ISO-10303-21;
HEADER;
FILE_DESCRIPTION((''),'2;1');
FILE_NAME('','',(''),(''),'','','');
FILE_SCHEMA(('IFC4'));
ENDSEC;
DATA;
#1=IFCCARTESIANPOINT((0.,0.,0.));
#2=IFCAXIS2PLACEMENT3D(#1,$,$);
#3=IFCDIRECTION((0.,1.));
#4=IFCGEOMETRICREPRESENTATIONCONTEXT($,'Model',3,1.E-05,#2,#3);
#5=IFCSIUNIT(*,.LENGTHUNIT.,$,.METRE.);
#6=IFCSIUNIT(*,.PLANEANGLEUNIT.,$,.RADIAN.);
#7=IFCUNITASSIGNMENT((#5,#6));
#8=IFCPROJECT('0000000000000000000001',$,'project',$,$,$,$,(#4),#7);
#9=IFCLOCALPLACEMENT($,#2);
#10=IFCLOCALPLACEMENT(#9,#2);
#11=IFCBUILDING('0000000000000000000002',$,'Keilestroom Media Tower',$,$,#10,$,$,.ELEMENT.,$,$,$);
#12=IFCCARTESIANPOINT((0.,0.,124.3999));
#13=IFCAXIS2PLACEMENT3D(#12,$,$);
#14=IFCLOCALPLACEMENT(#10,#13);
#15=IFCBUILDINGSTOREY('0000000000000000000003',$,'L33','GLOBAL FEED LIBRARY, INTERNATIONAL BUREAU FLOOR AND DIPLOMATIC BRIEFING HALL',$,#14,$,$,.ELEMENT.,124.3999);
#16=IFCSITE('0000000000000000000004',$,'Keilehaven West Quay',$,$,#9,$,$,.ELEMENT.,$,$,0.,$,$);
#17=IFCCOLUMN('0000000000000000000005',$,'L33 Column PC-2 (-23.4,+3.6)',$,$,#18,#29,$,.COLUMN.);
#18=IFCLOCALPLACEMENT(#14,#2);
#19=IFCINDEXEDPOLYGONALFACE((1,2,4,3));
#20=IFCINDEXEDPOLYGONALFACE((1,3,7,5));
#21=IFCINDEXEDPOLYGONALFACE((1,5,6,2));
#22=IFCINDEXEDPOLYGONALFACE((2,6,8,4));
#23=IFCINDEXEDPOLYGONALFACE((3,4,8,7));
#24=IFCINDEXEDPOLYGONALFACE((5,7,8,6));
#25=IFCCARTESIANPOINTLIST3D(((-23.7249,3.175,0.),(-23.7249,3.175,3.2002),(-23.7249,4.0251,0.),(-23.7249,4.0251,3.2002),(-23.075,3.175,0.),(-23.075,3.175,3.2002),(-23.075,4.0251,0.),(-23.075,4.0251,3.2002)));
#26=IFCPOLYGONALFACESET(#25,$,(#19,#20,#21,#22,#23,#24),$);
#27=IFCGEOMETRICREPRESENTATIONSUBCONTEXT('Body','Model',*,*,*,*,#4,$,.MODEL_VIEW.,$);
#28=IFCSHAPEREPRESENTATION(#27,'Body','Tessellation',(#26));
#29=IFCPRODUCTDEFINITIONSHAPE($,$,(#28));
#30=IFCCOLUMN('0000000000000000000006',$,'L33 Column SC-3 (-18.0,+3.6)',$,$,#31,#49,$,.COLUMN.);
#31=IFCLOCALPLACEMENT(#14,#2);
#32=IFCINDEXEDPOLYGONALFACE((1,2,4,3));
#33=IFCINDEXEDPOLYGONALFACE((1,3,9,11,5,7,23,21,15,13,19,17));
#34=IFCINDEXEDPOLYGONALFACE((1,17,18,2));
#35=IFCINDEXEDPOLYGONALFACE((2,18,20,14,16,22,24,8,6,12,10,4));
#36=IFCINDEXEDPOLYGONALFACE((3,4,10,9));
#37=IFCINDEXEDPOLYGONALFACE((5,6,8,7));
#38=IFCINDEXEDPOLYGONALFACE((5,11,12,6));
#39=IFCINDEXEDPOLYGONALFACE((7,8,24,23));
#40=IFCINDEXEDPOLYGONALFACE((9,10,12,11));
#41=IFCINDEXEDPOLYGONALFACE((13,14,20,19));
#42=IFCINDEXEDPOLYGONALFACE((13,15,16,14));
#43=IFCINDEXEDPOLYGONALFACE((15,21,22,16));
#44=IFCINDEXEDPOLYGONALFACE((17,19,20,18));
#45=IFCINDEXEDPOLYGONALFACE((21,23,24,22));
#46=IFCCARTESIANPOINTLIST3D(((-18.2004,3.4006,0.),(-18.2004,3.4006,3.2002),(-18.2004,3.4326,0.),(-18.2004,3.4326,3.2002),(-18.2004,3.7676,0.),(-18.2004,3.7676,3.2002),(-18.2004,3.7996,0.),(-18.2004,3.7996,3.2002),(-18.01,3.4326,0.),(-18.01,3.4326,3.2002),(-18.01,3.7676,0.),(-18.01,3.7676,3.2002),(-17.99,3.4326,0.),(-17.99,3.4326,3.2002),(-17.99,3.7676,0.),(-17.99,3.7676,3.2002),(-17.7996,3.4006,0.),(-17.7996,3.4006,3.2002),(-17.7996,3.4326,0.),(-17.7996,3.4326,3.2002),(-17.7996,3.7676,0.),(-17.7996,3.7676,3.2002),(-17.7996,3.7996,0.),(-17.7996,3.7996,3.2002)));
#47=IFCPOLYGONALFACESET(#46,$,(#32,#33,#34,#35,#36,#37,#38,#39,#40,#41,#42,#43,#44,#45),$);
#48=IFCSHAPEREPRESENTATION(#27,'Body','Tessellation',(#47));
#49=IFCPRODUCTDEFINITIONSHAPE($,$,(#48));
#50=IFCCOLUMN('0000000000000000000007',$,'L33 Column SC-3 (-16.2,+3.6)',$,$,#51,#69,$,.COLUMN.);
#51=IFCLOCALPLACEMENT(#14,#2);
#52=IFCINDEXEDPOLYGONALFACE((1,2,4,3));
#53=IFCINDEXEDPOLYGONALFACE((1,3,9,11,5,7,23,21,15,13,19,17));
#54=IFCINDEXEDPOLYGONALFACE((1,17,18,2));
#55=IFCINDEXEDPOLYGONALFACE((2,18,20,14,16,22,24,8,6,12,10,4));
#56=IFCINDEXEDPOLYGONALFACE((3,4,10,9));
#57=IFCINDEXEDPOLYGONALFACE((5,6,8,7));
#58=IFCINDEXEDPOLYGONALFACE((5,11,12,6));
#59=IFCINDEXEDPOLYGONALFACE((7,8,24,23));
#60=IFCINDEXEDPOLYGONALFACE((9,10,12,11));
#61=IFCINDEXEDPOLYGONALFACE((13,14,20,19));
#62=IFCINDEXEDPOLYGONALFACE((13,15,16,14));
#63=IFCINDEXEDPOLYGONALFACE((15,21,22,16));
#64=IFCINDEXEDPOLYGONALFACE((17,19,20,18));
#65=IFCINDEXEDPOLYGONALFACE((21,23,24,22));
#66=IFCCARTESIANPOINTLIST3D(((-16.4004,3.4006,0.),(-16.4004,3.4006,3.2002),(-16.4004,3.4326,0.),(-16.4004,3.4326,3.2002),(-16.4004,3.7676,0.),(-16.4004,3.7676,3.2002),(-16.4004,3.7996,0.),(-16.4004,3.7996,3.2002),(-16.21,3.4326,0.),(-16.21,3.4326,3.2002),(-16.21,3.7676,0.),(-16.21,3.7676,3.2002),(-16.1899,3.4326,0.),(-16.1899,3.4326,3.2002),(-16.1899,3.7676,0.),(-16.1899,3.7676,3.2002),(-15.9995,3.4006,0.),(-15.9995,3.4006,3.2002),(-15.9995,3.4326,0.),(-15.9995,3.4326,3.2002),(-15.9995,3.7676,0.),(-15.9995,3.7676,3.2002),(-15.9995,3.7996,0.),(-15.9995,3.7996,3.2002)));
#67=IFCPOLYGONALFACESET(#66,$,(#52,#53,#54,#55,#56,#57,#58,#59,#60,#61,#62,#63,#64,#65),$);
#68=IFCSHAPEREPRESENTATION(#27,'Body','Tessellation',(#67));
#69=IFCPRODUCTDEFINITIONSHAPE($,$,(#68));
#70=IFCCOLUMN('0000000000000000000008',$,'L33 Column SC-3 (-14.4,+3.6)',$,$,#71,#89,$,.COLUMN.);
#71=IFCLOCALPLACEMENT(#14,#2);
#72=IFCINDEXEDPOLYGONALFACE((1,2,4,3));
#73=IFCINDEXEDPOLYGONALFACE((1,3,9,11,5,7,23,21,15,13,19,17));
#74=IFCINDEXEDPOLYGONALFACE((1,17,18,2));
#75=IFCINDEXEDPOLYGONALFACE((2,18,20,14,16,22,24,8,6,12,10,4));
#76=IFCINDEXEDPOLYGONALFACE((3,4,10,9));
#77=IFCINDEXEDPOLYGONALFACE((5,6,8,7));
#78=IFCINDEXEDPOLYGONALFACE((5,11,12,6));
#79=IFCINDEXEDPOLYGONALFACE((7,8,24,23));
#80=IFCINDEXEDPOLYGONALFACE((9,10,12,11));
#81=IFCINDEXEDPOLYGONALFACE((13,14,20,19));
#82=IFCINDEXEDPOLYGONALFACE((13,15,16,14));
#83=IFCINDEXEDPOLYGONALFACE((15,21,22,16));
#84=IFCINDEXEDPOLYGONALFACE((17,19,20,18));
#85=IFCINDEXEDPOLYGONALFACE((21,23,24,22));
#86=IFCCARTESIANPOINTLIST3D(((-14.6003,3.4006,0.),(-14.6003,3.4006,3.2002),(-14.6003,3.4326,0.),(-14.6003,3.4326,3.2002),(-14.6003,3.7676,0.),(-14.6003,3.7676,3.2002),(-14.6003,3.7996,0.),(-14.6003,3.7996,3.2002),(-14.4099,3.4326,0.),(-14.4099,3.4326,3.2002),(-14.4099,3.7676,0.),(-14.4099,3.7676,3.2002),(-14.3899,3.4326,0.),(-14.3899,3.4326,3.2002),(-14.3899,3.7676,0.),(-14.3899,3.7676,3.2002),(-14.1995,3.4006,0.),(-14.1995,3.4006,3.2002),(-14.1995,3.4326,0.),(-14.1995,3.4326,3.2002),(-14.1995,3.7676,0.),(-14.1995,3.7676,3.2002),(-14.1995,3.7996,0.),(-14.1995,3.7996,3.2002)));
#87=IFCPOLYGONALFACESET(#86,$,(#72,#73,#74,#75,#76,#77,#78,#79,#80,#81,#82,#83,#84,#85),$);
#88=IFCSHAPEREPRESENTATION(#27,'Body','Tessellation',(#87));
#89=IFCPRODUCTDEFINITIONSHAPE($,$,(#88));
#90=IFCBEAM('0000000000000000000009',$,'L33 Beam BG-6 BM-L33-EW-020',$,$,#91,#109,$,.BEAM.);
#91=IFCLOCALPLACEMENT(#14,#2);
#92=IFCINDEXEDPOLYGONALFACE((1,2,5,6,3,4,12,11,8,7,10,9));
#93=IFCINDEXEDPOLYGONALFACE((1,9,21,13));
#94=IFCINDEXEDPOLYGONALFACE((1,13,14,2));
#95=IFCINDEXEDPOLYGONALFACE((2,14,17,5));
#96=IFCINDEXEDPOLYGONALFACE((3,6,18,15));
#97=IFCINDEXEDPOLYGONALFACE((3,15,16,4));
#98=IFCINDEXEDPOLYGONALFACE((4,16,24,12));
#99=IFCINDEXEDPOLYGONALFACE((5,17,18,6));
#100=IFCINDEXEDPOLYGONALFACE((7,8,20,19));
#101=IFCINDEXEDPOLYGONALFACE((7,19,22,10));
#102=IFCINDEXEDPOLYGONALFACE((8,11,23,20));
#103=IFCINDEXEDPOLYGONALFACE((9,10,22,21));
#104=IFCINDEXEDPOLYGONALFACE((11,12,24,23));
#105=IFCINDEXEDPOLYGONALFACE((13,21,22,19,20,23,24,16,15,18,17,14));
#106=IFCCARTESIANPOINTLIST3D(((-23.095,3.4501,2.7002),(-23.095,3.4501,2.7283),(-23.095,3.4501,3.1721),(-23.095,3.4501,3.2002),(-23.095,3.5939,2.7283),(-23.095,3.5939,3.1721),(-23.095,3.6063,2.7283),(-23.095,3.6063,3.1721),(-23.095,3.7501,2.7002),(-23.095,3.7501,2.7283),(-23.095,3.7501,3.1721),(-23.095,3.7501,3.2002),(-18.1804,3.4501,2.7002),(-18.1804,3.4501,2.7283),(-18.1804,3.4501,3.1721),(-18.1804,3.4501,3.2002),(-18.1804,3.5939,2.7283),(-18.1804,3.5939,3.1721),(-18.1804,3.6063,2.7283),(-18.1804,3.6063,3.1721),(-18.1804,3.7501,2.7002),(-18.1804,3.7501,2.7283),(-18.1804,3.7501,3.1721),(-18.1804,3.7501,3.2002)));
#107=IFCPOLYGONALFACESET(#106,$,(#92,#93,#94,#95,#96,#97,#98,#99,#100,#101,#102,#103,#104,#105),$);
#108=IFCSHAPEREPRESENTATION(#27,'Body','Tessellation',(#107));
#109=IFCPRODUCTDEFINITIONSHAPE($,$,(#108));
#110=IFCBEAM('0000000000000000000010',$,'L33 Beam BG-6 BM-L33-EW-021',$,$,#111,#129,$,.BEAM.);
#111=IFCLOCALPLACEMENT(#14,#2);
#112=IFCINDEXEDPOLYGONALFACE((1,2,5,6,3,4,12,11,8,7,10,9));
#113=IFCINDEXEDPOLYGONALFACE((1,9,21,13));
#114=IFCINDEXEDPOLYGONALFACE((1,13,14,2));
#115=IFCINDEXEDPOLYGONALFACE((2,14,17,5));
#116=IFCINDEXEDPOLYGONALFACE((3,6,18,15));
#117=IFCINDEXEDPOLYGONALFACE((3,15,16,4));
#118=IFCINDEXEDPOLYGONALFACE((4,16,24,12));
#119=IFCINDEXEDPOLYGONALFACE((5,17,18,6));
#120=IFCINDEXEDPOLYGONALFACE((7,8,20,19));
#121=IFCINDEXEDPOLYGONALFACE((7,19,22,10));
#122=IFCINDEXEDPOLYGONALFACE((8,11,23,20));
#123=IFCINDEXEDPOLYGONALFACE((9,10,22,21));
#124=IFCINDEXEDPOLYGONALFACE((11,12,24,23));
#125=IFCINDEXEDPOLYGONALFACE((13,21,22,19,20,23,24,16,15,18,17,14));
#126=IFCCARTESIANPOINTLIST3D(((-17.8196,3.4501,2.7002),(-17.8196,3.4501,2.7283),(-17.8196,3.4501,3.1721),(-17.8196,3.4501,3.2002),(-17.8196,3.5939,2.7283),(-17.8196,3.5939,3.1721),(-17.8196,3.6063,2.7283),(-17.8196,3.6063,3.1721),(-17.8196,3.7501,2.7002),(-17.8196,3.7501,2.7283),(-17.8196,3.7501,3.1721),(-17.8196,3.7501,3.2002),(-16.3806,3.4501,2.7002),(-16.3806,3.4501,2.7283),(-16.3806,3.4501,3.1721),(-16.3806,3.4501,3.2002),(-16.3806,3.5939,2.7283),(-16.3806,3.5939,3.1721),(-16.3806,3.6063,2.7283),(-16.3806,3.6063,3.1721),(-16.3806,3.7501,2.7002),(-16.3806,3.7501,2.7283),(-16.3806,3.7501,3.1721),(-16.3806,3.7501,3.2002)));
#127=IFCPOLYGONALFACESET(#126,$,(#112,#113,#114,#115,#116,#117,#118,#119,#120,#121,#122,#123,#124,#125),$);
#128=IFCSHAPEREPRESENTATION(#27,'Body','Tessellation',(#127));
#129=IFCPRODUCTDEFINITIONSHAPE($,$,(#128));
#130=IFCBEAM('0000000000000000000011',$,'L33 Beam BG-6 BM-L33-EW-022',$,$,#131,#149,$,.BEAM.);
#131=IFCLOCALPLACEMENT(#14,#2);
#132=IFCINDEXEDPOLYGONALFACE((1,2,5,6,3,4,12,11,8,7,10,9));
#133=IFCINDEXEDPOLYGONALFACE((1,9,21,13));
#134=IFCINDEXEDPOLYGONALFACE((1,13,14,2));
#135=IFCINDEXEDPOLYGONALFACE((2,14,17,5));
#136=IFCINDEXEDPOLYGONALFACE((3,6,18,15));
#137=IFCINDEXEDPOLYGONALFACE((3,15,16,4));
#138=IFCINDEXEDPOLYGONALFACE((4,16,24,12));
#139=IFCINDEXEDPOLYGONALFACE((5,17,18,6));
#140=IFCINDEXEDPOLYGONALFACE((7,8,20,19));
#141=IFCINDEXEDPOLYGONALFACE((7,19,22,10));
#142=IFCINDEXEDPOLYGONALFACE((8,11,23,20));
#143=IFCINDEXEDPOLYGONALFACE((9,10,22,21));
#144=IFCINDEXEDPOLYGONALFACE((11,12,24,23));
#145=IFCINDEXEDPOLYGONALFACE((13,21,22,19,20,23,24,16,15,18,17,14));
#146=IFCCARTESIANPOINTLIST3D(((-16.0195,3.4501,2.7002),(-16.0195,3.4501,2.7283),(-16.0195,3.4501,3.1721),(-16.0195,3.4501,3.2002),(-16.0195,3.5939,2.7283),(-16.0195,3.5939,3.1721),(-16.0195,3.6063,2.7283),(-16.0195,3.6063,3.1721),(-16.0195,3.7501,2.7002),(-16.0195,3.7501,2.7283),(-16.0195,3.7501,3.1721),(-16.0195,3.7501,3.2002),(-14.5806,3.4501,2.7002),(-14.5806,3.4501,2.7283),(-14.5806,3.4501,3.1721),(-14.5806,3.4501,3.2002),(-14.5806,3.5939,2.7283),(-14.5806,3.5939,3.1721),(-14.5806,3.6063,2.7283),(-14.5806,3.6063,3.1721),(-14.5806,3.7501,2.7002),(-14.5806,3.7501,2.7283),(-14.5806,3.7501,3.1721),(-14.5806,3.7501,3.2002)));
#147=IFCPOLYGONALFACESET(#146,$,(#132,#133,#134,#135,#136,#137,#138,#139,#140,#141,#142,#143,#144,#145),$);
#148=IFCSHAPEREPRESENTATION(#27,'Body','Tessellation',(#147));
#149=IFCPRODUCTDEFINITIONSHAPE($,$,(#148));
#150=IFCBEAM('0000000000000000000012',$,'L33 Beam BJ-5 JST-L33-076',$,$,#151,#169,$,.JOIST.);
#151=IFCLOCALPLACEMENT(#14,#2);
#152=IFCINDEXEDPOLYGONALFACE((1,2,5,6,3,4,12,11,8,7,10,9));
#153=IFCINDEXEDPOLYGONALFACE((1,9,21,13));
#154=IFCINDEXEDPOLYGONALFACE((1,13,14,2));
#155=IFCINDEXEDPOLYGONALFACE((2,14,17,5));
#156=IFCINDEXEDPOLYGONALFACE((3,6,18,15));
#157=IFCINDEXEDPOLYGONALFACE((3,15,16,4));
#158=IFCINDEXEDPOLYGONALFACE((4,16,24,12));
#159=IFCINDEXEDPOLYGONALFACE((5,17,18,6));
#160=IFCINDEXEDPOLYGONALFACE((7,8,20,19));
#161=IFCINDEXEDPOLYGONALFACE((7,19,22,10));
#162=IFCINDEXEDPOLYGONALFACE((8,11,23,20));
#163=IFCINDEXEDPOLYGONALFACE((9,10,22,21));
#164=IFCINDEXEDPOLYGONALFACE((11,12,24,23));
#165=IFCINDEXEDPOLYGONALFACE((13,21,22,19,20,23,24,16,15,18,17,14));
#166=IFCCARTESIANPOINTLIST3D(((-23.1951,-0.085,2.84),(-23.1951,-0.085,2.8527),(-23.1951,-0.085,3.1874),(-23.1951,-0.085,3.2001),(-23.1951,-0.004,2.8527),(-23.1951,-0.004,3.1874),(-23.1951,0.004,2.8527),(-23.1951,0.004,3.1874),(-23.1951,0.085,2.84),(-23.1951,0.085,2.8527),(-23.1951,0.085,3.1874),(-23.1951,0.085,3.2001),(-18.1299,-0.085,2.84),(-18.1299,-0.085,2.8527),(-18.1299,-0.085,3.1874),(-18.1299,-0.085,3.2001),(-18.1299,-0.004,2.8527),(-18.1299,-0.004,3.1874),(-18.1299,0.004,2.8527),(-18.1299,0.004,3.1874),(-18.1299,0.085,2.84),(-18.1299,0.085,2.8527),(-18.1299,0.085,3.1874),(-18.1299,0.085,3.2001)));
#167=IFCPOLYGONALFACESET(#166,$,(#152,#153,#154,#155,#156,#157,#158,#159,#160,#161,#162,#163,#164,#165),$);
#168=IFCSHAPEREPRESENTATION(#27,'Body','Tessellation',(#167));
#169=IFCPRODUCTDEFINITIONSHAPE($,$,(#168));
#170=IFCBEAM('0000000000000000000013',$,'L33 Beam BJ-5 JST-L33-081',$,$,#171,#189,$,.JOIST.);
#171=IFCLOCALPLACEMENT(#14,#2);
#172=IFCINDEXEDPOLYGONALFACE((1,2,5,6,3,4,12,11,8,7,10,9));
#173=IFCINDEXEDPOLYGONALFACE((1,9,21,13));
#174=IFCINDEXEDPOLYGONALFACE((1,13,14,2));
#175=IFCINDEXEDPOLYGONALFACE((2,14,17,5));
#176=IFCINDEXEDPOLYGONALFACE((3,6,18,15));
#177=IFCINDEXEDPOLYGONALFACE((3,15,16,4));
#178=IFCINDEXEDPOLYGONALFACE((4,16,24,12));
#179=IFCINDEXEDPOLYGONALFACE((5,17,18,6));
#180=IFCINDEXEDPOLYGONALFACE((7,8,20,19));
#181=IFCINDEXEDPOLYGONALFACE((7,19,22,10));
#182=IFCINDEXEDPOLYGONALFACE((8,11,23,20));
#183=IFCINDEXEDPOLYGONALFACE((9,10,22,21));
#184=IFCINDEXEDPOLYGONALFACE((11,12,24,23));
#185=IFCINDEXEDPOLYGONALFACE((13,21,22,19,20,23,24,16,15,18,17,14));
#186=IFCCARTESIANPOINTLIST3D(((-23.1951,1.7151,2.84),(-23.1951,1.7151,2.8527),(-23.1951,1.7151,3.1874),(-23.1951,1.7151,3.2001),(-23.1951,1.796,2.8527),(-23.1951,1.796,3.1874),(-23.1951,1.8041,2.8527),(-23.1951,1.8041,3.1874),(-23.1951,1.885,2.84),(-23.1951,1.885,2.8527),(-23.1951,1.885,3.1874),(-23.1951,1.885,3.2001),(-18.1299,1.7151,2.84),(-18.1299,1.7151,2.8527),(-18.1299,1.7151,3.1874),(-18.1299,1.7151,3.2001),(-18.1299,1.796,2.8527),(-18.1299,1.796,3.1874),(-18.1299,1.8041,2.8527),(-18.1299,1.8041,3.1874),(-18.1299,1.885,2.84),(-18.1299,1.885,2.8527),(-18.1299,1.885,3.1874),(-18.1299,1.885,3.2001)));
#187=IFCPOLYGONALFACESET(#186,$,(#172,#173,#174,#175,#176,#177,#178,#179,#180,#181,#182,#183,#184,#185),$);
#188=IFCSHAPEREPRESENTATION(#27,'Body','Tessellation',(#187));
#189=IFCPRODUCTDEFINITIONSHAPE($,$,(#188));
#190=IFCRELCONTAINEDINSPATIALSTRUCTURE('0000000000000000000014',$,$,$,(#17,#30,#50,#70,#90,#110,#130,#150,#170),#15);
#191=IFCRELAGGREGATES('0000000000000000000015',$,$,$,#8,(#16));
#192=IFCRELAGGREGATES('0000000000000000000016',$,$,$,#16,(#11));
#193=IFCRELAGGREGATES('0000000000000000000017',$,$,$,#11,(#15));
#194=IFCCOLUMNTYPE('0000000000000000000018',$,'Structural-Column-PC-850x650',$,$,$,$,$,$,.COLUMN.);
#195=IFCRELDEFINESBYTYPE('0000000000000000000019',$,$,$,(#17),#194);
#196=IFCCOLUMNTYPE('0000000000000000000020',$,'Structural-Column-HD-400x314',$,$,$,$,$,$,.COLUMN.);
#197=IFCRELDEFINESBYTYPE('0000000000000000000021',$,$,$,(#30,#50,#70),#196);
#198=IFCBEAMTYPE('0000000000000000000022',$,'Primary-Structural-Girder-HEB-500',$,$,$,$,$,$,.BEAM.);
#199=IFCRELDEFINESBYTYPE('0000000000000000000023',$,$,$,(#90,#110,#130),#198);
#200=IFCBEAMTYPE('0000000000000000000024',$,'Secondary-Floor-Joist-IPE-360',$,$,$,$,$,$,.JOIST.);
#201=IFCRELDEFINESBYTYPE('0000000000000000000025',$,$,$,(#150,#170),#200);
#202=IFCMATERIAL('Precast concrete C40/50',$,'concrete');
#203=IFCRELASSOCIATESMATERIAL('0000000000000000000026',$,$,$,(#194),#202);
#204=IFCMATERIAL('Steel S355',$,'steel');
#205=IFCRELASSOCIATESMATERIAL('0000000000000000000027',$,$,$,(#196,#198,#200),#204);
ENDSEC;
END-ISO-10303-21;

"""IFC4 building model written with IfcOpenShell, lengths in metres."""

from ifc_helpers import new_model, si_unit, direction, frame, origin, origin_2d, place, context, subcontext, project, spatial, rectangle, i_section, extrude, source, transform, mapped, material, material_profile, profile_set, type_object, element, save


model = new_model("IFC4")

# Units and contexts
model_context = context("Model", 3, precision=1e-05, world=origin(), true_north=direction((0.0, 1.0)))
body_context = subcontext(model_context, "Body", "Model", "MODEL_VIEW")
ifc_project = project(units=[si_unit("LENGTHUNIT", "METRE"), si_unit("PLANEANGLEUNIT", "RADIAN")], contexts=[model_context])

# Site, building, storey
site_placement = place(None, origin())
site = spatial("IfcSite", under=ifc_project, at=site_placement, Name="Keilehaven West Quay", CompositionType="ELEMENT", RefElevation=0.0)
building_placement = place(site_placement, origin())
building = spatial("IfcBuilding", under=site, at=building_placement, Name="Keilestroom Media Tower", CompositionType="ELEMENT")
storey_placement = place(building_placement, frame((0.0, 0.0, 124.3999)))
storey = spatial("IfcBuildingStorey", under=building, at=storey_placement, Name="L33", Description="GLOBAL FEED LIBRARY, INTERNATIONAL BUREAU FLOOR AND DIPLOMATIC BRIEFING HALL", CompositionType="ELEMENT", Elevation=124.3999)

# Columns
ifc_material_1 = material(Name="Precast concrete C40/50", Category="concrete")
ifc_material_profile_1 = material_profile(ifc_material_1, rectangle(XDim=0.6499, YDim=0.8501, at=origin_2d()), Name="PC 850x650")
ifc_profile_set_1 = profile_set([ifc_material_profile_1], Name="Precast concrete C40/50")
column_type_1 = type_object("IfcColumnType", Name="Structural-Column-PC-850x650", PredefinedType="COLUMN", material=ifc_profile_set_1)
shared_shape_1 = source(origin(), body_context, "Body", "SweptSolid", [
    extrude(rectangle(XDim=0.6499, YDim=0.8501, at=origin_2d()), origin(), (0.0, 0.0, 1.0), 3.2002),
])
column_placement = place(storey_placement, frame((-23.3999, 3.6001, 0.0), z_axis=(0.0, 0.0, 1.0), x_axis=(1.0, 0.0, 0.0)))
element("IfcColumn", 1, at=column_placement, inside=storey, type_object=column_type_1, Name="L33 Column PC-2 (-23.4,+3.6)", PredefinedType="COLUMN", context=body_context, shape_type="MappedRepresentation", body=[
    mapped(shared_shape_1, transform((0.0, 0.0, 0.0), x_axis=(1.0, 0.0, 0.0), y_axis=(0.0, 1.0, 0.0), z_axis=(0.0, 0.0, 1.0), scale=1.0)),
])
ifc_material_2 = material(Name="Steel S355", Category="steel")
ifc_material_profile_2 = material_profile(ifc_material_2, i_section(OverallWidth=0.4009, OverallDepth=0.3989, WebThickness=0.02, FlangeThickness=0.032, at=origin_2d()), Name="HD 400x314")
ifc_profile_set_2 = profile_set([ifc_material_profile_2], Name="Steel S355")
column_type_2 = type_object("IfcColumnType", Name="Structural-Column-HD-400x314", PredefinedType="COLUMN", material=ifc_profile_set_2)
shared_shape_2 = source(origin(), body_context, "Body", "SweptSolid", [
    extrude(i_section(OverallWidth=0.4009, OverallDepth=0.3989, WebThickness=0.02, FlangeThickness=0.032, at=origin_2d()), origin(), (0.0, 0.0, 1.0), 3.2002),
])
for number, where, z_axis, x_axis, name in (
    (2, (-18.0, 3.6001, 0.0), (0.0, 0.0, 1.0), (1.0, 0.0, 0.0), "L33 Column SC-3 (-18.0,+3.6)"),
    (3, (-16.2, 3.6001, 0.0), (0.0, 0.0, 1.0), (1.0, 0.0, 0.0), "L33 Column SC-3 (-16.2,+3.6)"),
    (4, (-14.3999, 3.6001, 0.0), (0.0, 0.0, 1.0), (1.0, 0.0, 0.0), "L33 Column SC-3 (-14.4,+3.6)"),
):
    element("IfcColumn", number, at=place(storey_placement, frame(where, z_axis=z_axis, x_axis=x_axis)), inside=storey, type_object=column_type_2, Name=name, PredefinedType="COLUMN", context=body_context, shape_type="MappedRepresentation", body=[
        mapped(shared_shape_2, transform((0.0, 0.0, 0.0), x_axis=(1.0, 0.0, 0.0), y_axis=(0.0, 1.0, 0.0), z_axis=(0.0, 0.0, 1.0), scale=1.0)),
    ])

# Beams
ifc_material_profile_3 = material_profile(ifc_material_2, i_section(OverallWidth=0.3, OverallDepth=0.5, WebThickness=0.0125, FlangeThickness=0.0281, at=origin_2d()), Name="HEB 500")
ifc_profile_set_3 = profile_set([ifc_material_profile_3], Name="Steel S355")
beam_type_1 = type_object("IfcBeamType", Name="Primary-Structural-Girder-HEB-500", PredefinedType="BEAM", material=ifc_profile_set_3)
shared_shape_3 = source(origin(), body_context, "Body", "SweptSolid", [
    extrude(i_section(OverallWidth=0.3, OverallDepth=0.5, WebThickness=0.0125, FlangeThickness=0.0281, at=origin_2d()), origin(), (0.0, 0.0, 1.0), 4.9146),
])
beam_1_placement = place(storey_placement, frame((-23.095, 3.6001, 2.9502), z_axis=(1.0, 0.0, 0.0), x_axis=(0.0, 1.0, 0.0)))
element("IfcBeam", 5, at=beam_1_placement, inside=storey, type_object=beam_type_1, Name="L33 Beam BG-6 BM-L33-EW-020", PredefinedType="BEAM", context=body_context, shape_type="MappedRepresentation", body=[
    mapped(shared_shape_3, transform((0.0, 0.0, 0.0), x_axis=(1.0, 0.0, 0.0), y_axis=(0.0, 1.0, 0.0), z_axis=(0.0, 0.0, 1.0), scale=1.0)),
])
shared_shape_4 = source(origin(), body_context, "Body", "SweptSolid", [
    extrude(i_section(OverallWidth=0.3, OverallDepth=0.5, WebThickness=0.0125, FlangeThickness=0.0281, at=origin_2d()), origin(), (0.0, 0.0, 1.0), 1.439),
])
for number, where, z_axis, x_axis, name in (
    (6, (-17.8196, 3.6001, 2.9502), (1.0, 0.0, 0.0), (0.0, 1.0, 0.0), "L33 Beam BG-6 BM-L33-EW-021"),
    (7, (-16.0195, 3.6001, 2.9502), (1.0, 0.0, 0.0), (0.0, 1.0, 0.0), "L33 Beam BG-6 BM-L33-EW-022"),
):
    element("IfcBeam", number, at=place(storey_placement, frame(where, z_axis=z_axis, x_axis=x_axis)), inside=storey, type_object=beam_type_1, Name=name, PredefinedType="BEAM", context=body_context, shape_type="MappedRepresentation", body=[
        mapped(shared_shape_4, transform((0.0, 0.0, 0.0), x_axis=(1.0, 0.0, 0.0), y_axis=(0.0, 1.0, 0.0), z_axis=(0.0, 0.0, 1.0), scale=1.0)),
    ])
ifc_material_profile_4 = material_profile(ifc_material_2, i_section(OverallWidth=0.1699, OverallDepth=0.3601, WebThickness=0.0081, FlangeThickness=0.0127, at=origin_2d()), Name="IPE 360")
ifc_profile_set_4 = profile_set([ifc_material_profile_4], Name="Steel S355")
beam_type_2 = type_object("IfcBeamType", Name="Secondary-Floor-Joist-IPE-360", PredefinedType="JOIST", material=ifc_profile_set_4)
shared_shape_5 = source(origin(), body_context, "Body", "SweptSolid", [
    extrude(i_section(OverallWidth=0.1699, OverallDepth=0.3601, WebThickness=0.0081, FlangeThickness=0.0127, at=origin_2d()), origin(), (0.0, 0.0, 1.0), 5.0652),
])
for number, where, z_axis, x_axis, name in (
    (8, (-23.1951, 0.0, 3.02), (1.0, 0.0, 0.0), (0.0, 1.0, 0.0), "L33 Beam BJ-5 JST-L33-076"),
    (9, (-23.1951, 1.8, 3.02), (1.0, 0.0, 0.0), (0.0, 1.0, 0.0), "L33 Beam BJ-5 JST-L33-081"),
):
    element("IfcBeam", number, at=place(storey_placement, frame(where, z_axis=z_axis, x_axis=x_axis)), inside=storey, type_object=beam_type_2, Name=name, PredefinedType="JOIST", context=body_context, shape_type="MappedRepresentation", body=[
        mapped(shared_shape_5, transform((0.0, 0.0, 0.0), x_axis=(1.0, 0.0, 0.0), y_axis=(0.0, 1.0, 0.0), z_axis=(0.0, 0.0, 1.0), scale=1.0)),
    ])

save(model, "model.ifc")
